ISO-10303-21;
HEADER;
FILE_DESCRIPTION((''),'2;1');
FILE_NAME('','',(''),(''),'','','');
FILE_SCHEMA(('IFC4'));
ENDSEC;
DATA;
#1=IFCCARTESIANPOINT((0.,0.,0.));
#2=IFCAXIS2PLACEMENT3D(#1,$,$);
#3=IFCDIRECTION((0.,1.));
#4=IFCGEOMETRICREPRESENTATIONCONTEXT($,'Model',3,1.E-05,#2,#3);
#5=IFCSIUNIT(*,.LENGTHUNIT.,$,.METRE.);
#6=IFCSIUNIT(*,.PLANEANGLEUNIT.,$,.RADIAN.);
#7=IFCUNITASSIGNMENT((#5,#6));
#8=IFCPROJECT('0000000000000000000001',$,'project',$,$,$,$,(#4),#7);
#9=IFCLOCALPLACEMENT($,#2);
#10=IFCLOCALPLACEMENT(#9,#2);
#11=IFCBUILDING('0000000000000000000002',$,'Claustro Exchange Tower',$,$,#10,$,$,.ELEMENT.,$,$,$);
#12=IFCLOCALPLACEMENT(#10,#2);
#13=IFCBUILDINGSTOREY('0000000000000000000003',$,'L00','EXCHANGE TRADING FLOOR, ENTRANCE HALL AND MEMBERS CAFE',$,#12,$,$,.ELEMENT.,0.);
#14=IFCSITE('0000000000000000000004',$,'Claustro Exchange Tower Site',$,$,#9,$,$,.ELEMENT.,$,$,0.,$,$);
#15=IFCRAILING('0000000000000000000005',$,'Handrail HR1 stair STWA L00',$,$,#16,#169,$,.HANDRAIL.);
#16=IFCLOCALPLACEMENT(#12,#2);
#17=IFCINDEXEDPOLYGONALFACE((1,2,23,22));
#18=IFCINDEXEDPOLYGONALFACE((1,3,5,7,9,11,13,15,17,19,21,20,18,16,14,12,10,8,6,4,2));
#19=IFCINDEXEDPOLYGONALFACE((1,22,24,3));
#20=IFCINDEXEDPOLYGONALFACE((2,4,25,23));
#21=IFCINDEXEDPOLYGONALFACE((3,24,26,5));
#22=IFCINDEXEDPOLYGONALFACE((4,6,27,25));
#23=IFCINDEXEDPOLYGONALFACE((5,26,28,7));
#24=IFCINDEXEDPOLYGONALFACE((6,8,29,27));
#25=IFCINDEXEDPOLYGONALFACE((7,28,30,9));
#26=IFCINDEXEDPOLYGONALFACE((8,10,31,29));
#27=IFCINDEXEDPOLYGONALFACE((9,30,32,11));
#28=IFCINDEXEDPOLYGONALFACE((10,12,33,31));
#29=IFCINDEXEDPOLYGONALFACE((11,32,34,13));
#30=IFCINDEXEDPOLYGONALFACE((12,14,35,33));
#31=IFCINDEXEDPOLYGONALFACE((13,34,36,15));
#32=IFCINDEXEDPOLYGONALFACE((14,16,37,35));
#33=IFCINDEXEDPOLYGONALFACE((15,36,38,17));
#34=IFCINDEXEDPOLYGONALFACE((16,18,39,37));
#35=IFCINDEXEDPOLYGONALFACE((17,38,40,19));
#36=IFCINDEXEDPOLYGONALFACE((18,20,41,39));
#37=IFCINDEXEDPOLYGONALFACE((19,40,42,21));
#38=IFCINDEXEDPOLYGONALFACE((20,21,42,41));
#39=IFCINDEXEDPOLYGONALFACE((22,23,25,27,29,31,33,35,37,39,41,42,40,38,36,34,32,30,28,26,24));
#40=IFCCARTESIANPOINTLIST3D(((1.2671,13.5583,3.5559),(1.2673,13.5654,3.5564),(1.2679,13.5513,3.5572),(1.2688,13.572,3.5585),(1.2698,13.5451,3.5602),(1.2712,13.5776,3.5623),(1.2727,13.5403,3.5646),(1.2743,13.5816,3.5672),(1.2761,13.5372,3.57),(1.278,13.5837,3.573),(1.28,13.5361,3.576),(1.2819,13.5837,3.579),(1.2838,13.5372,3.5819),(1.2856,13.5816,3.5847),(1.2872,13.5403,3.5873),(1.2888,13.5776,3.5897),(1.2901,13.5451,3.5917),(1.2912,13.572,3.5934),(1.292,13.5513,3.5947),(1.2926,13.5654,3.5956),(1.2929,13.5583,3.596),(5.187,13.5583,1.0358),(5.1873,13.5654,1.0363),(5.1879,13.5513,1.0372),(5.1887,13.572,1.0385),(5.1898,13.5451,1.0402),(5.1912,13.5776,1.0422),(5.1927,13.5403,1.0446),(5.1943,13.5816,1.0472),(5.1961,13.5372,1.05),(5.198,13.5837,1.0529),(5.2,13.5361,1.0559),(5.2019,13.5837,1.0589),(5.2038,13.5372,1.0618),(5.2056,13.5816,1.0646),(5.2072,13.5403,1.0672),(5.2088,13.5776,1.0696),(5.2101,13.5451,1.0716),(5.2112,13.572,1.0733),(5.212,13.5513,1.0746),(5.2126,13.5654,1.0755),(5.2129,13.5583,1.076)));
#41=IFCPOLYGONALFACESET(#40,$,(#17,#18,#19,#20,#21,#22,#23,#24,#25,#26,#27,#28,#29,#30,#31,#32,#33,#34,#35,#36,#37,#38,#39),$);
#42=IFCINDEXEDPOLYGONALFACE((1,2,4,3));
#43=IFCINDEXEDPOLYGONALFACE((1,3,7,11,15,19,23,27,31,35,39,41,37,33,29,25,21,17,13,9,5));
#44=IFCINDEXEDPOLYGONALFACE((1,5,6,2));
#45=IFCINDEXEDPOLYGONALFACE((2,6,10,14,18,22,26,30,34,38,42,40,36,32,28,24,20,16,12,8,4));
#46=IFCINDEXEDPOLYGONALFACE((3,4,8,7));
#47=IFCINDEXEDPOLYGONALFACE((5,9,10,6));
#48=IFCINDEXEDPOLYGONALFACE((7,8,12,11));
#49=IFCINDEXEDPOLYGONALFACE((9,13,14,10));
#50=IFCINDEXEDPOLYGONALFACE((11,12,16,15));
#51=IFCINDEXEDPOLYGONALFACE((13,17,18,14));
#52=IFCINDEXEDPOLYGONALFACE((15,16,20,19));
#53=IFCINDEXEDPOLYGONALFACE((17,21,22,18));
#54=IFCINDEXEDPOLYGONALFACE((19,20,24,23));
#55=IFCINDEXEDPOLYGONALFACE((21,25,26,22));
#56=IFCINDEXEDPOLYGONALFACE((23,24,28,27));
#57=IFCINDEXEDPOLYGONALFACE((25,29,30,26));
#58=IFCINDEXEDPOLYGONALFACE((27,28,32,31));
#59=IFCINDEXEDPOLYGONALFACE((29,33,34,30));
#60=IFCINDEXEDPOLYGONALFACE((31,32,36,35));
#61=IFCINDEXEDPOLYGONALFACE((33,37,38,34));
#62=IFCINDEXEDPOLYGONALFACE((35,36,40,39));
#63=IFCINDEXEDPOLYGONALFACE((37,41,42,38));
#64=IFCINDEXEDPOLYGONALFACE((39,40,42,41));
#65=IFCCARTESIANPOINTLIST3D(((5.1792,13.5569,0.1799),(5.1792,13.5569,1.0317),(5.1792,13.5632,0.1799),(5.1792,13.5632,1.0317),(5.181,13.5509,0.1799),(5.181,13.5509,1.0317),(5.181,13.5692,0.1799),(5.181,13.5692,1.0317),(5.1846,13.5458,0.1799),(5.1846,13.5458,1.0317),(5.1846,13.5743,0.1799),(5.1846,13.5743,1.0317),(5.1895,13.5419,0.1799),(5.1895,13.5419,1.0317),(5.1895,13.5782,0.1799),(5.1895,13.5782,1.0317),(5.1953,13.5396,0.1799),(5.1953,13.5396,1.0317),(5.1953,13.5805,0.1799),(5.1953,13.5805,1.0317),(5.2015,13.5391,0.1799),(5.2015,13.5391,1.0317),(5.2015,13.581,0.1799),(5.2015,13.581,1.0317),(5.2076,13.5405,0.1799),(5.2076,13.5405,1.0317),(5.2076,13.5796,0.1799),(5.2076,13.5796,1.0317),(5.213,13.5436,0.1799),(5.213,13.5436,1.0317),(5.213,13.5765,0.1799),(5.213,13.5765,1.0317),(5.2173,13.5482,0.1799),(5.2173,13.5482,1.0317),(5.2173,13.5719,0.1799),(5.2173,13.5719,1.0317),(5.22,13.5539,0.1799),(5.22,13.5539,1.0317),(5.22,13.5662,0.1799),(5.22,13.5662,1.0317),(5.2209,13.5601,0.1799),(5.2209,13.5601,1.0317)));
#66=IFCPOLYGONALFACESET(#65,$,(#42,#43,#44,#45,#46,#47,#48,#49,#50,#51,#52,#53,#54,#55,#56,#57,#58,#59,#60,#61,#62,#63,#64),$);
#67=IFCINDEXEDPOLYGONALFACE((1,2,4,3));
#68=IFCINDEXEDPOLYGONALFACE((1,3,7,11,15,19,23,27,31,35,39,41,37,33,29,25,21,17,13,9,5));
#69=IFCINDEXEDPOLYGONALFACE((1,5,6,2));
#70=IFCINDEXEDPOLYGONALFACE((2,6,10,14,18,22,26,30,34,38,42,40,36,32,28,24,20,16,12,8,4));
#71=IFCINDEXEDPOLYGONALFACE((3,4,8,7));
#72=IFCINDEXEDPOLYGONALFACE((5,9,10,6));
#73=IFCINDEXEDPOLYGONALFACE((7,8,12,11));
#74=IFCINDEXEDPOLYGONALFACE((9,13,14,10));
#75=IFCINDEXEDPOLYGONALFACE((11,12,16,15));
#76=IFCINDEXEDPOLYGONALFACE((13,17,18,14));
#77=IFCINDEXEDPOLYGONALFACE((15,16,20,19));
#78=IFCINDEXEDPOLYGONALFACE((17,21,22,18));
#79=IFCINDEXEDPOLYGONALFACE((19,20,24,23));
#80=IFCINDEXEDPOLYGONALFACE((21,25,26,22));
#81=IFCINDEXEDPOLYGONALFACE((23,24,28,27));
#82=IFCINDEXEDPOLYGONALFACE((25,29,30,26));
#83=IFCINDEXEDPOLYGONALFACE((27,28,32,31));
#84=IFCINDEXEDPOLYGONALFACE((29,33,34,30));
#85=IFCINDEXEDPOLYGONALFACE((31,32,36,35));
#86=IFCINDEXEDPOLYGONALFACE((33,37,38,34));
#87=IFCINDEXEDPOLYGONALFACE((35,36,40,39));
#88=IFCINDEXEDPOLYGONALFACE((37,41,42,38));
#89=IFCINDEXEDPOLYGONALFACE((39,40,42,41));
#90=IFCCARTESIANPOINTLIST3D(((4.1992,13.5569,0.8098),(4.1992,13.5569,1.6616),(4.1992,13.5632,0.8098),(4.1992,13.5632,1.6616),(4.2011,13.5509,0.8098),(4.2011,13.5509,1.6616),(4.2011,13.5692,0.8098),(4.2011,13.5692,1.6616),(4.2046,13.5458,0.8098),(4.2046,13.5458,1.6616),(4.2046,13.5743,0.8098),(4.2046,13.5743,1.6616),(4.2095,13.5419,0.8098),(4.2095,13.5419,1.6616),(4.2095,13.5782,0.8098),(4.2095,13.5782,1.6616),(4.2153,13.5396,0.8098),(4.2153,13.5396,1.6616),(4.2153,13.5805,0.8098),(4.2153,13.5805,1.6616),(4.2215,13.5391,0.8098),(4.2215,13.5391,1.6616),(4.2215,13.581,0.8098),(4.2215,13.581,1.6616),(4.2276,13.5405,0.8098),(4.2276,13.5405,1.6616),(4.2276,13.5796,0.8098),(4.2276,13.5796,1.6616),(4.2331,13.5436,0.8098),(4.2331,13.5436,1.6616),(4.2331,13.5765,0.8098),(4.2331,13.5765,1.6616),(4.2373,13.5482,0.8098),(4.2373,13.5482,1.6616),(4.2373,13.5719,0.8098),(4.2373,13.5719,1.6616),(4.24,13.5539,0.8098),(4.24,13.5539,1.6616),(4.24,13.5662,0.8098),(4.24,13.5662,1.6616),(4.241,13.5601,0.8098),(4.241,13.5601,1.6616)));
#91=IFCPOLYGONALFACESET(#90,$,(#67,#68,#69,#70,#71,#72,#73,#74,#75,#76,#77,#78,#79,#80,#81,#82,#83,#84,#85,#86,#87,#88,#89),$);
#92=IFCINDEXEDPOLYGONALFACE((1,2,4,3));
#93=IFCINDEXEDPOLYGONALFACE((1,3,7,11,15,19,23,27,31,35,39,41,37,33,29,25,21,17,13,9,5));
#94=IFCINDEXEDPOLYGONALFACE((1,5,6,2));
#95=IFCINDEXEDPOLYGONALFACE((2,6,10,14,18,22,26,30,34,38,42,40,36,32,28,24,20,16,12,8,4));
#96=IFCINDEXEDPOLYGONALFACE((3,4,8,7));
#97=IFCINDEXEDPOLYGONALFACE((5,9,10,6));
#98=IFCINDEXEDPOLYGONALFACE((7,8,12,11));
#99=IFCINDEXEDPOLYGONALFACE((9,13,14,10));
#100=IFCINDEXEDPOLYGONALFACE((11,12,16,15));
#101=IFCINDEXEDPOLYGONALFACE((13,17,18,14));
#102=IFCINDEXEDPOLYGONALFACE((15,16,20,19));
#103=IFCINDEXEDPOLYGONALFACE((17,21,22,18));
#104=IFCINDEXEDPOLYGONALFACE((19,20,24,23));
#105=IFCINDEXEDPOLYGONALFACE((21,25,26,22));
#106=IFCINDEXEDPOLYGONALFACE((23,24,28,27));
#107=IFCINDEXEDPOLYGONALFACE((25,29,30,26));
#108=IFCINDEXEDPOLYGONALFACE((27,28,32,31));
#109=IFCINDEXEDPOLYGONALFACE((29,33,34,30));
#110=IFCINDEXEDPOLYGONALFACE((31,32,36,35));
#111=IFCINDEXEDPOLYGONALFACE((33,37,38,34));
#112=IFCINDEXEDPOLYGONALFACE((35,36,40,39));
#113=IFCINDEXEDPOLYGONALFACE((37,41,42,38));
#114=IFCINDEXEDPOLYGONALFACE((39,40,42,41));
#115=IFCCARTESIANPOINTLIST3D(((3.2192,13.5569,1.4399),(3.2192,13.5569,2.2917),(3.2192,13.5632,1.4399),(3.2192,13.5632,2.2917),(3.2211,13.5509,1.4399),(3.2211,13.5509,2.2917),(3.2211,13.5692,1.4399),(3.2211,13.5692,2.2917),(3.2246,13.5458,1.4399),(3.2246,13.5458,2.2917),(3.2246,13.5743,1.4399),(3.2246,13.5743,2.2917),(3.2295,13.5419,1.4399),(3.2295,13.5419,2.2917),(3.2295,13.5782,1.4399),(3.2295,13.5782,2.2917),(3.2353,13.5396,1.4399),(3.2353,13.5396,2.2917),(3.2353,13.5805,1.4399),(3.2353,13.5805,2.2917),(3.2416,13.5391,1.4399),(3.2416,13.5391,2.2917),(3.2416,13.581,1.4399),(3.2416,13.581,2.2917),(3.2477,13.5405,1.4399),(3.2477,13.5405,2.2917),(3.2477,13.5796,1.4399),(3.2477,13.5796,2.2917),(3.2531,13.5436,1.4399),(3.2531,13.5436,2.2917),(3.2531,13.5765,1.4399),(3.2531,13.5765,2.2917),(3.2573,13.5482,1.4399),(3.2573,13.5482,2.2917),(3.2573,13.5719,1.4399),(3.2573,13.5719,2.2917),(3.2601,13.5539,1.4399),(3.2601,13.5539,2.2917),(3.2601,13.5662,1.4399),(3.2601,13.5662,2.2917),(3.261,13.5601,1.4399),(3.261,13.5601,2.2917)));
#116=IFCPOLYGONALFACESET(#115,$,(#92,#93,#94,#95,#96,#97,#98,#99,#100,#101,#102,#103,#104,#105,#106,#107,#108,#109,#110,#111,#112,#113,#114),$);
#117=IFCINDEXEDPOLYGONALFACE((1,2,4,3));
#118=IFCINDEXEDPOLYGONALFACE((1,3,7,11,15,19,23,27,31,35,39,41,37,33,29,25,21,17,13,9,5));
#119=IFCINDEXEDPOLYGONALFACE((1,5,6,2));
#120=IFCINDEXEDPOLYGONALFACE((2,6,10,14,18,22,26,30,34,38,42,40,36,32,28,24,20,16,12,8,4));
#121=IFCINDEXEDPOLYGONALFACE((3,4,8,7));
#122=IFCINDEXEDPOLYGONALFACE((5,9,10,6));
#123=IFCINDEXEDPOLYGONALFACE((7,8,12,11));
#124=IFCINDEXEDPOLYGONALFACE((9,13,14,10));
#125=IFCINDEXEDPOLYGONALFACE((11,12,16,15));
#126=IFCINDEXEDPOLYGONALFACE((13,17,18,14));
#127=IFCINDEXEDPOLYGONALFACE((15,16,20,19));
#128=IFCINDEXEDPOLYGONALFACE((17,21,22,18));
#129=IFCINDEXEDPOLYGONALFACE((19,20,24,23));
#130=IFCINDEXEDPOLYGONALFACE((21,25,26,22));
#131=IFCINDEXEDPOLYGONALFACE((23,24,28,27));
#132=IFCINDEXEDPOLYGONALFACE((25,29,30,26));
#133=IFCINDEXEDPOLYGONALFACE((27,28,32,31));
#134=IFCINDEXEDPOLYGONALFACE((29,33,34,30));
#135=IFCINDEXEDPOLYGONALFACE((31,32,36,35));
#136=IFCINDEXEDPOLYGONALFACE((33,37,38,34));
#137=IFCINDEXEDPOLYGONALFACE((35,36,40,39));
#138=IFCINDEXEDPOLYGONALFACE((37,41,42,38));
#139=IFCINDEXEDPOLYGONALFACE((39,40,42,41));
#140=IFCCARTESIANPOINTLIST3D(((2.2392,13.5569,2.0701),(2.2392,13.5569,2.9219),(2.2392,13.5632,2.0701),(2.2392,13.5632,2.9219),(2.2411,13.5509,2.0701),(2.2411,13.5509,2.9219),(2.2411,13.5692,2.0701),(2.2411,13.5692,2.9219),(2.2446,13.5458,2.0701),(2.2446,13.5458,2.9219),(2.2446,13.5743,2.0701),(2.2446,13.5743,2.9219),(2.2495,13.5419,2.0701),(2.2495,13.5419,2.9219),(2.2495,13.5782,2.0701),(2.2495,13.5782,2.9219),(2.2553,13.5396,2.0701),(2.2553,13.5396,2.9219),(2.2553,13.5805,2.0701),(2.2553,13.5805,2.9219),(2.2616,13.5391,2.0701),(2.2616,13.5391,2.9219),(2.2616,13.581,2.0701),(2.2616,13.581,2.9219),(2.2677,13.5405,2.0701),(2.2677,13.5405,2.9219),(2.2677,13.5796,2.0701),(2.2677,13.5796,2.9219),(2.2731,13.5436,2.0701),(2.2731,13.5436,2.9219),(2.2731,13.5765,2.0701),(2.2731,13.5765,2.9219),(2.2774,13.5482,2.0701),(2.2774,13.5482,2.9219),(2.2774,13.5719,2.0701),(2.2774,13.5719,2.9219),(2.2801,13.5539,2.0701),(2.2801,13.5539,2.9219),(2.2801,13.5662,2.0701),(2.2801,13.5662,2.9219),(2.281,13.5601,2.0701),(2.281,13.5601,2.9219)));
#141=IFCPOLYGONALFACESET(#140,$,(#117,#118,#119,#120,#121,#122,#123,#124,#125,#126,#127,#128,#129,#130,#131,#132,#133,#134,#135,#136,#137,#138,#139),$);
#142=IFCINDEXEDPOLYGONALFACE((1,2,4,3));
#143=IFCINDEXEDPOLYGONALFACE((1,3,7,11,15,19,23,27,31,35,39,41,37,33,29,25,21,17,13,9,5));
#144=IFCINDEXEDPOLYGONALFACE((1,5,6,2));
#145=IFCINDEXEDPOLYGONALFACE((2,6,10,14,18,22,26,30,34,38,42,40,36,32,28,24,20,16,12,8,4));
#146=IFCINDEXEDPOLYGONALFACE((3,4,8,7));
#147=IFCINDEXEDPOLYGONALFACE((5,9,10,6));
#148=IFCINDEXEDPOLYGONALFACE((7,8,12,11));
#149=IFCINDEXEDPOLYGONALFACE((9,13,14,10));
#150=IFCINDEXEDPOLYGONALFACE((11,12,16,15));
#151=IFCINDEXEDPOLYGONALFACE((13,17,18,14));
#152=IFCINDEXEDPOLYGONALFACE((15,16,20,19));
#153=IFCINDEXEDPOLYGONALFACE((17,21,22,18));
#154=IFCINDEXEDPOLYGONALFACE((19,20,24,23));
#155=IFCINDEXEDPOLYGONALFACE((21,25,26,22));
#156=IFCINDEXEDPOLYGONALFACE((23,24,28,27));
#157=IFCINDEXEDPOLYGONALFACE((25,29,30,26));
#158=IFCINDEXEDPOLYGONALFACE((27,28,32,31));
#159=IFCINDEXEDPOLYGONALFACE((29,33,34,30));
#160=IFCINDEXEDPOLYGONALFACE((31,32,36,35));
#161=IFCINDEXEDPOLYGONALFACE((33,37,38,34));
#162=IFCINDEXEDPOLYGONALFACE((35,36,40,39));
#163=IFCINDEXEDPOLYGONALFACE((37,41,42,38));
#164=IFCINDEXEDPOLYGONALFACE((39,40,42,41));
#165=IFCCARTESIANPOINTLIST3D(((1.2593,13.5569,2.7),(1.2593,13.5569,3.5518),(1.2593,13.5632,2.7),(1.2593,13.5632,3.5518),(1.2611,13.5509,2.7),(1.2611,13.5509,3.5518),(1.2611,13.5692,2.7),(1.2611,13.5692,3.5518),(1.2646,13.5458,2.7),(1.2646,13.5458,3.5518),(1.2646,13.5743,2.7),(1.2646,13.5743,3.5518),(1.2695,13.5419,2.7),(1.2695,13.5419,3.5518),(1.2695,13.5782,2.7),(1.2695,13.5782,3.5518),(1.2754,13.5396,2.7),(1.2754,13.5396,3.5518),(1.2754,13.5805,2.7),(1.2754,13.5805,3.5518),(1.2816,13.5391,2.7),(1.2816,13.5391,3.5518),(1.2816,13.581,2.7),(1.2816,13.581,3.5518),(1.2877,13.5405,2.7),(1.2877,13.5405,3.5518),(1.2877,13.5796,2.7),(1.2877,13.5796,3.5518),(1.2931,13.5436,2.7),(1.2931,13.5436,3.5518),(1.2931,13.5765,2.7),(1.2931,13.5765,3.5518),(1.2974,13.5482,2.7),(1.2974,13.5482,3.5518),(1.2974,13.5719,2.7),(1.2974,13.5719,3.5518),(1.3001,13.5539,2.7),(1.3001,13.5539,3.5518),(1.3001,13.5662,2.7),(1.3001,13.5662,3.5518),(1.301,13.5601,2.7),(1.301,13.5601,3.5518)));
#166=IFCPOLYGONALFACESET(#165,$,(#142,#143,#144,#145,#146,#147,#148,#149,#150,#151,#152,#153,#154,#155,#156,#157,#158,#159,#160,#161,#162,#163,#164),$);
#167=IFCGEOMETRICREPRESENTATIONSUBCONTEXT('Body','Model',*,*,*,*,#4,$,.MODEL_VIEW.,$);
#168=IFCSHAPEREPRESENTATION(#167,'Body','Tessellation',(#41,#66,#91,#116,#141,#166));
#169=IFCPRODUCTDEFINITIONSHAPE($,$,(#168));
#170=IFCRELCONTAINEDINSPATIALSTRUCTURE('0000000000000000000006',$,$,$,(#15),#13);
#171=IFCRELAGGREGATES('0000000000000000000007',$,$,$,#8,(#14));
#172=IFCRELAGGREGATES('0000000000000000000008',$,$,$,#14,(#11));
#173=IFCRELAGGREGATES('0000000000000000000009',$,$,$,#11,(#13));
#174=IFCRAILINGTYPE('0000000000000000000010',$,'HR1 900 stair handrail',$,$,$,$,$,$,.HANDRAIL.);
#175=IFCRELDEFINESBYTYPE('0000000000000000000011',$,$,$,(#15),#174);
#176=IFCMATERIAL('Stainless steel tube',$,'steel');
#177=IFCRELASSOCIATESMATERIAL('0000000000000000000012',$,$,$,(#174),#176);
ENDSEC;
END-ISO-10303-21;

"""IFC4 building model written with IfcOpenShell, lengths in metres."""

from ifc_helpers import new_model, si_unit, direction, frame, origin, origin_2d, place, context, subcontext, project, spatial, circle, extrude, material, type_object, element, save


model = new_model("IFC4")

# Units and contexts
model_context = context("Model", 3, precision=1e-05, world=origin(), true_north=direction((0.0, 1.0)))
body_context = subcontext(model_context, "Body", "Model", "MODEL_VIEW")
ifc_project = project(units=[si_unit("LENGTHUNIT", "METRE"), si_unit("PLANEANGLEUNIT", "RADIAN")], contexts=[model_context])

# Site, building, storey
site_placement = place(None, origin())
site = spatial("IfcSite", under=ifc_project, at=site_placement, Name="Claustro Exchange Tower Site", CompositionType="ELEMENT", RefElevation=0.0)
building_placement = place(site_placement, origin())
building = spatial("IfcBuilding", under=site, at=building_placement, Name="Claustro Exchange Tower", CompositionType="ELEMENT")
storey_placement = place(building_placement, origin())
storey = spatial("IfcBuildingStorey", under=building, at=storey_placement, Name="L00", Description="EXCHANGE TRADING FLOOR, ENTRANCE HALL AND MEMBERS CAFE", CompositionType="ELEMENT", Elevation=0.0)

# Railing
ifc_material_1 = material(Name="Stainless steel tube", Category="steel")
railing_type_1 = type_object("IfcRailingType", Name="HR1 900 stair handrail", PredefinedType="HANDRAIL", material=ifc_material_1)
railing_1_placement = place(storey_placement, frame((5.2, 13.5601, 0.1799)))
element("IfcRailing", 1, at=railing_1_placement, inside=storey, type_object=railing_type_1, Name="Handrail HR1 stair STWA L00", PredefinedType="HANDRAIL", context=body_context, shape_type="SweptSolid", body=[
    extrude(circle(Radius=0.0239, at=origin_2d()), frame((0.0, 0.0, 0.876), z_axis=(-0.841172, 0.0, 0.540768), x_axis=(0.0, -1.0, 0.0)), (0.0, 0.0, 1.0), 4.6602),
    extrude(circle(Radius=0.021, at=origin_2d()), origin(), (0.0, 0.0, 1.0), 0.8518),
    extrude(circle(Radius=0.021, at=origin_2d()), frame((-0.98, 0.0, 0.6299)), (0.0, 0.0, 1.0), 0.8518),
    extrude(circle(Radius=0.021, at=origin_2d()), frame((-1.96, 0.0, 1.26)), (0.0, 0.0, 1.0), 0.8518),
    extrude(circle(Radius=0.021, at=origin_2d()), frame((-2.9399, 0.0, 1.8901)), (0.0, 0.0, 1.0), 0.8518),
    extrude(circle(Radius=0.021, at=origin_2d()), frame((-3.9199, 0.0, 2.52)), (0.0, 0.0, 1.0), 0.8518),
])

save(model, "model.ifc")
